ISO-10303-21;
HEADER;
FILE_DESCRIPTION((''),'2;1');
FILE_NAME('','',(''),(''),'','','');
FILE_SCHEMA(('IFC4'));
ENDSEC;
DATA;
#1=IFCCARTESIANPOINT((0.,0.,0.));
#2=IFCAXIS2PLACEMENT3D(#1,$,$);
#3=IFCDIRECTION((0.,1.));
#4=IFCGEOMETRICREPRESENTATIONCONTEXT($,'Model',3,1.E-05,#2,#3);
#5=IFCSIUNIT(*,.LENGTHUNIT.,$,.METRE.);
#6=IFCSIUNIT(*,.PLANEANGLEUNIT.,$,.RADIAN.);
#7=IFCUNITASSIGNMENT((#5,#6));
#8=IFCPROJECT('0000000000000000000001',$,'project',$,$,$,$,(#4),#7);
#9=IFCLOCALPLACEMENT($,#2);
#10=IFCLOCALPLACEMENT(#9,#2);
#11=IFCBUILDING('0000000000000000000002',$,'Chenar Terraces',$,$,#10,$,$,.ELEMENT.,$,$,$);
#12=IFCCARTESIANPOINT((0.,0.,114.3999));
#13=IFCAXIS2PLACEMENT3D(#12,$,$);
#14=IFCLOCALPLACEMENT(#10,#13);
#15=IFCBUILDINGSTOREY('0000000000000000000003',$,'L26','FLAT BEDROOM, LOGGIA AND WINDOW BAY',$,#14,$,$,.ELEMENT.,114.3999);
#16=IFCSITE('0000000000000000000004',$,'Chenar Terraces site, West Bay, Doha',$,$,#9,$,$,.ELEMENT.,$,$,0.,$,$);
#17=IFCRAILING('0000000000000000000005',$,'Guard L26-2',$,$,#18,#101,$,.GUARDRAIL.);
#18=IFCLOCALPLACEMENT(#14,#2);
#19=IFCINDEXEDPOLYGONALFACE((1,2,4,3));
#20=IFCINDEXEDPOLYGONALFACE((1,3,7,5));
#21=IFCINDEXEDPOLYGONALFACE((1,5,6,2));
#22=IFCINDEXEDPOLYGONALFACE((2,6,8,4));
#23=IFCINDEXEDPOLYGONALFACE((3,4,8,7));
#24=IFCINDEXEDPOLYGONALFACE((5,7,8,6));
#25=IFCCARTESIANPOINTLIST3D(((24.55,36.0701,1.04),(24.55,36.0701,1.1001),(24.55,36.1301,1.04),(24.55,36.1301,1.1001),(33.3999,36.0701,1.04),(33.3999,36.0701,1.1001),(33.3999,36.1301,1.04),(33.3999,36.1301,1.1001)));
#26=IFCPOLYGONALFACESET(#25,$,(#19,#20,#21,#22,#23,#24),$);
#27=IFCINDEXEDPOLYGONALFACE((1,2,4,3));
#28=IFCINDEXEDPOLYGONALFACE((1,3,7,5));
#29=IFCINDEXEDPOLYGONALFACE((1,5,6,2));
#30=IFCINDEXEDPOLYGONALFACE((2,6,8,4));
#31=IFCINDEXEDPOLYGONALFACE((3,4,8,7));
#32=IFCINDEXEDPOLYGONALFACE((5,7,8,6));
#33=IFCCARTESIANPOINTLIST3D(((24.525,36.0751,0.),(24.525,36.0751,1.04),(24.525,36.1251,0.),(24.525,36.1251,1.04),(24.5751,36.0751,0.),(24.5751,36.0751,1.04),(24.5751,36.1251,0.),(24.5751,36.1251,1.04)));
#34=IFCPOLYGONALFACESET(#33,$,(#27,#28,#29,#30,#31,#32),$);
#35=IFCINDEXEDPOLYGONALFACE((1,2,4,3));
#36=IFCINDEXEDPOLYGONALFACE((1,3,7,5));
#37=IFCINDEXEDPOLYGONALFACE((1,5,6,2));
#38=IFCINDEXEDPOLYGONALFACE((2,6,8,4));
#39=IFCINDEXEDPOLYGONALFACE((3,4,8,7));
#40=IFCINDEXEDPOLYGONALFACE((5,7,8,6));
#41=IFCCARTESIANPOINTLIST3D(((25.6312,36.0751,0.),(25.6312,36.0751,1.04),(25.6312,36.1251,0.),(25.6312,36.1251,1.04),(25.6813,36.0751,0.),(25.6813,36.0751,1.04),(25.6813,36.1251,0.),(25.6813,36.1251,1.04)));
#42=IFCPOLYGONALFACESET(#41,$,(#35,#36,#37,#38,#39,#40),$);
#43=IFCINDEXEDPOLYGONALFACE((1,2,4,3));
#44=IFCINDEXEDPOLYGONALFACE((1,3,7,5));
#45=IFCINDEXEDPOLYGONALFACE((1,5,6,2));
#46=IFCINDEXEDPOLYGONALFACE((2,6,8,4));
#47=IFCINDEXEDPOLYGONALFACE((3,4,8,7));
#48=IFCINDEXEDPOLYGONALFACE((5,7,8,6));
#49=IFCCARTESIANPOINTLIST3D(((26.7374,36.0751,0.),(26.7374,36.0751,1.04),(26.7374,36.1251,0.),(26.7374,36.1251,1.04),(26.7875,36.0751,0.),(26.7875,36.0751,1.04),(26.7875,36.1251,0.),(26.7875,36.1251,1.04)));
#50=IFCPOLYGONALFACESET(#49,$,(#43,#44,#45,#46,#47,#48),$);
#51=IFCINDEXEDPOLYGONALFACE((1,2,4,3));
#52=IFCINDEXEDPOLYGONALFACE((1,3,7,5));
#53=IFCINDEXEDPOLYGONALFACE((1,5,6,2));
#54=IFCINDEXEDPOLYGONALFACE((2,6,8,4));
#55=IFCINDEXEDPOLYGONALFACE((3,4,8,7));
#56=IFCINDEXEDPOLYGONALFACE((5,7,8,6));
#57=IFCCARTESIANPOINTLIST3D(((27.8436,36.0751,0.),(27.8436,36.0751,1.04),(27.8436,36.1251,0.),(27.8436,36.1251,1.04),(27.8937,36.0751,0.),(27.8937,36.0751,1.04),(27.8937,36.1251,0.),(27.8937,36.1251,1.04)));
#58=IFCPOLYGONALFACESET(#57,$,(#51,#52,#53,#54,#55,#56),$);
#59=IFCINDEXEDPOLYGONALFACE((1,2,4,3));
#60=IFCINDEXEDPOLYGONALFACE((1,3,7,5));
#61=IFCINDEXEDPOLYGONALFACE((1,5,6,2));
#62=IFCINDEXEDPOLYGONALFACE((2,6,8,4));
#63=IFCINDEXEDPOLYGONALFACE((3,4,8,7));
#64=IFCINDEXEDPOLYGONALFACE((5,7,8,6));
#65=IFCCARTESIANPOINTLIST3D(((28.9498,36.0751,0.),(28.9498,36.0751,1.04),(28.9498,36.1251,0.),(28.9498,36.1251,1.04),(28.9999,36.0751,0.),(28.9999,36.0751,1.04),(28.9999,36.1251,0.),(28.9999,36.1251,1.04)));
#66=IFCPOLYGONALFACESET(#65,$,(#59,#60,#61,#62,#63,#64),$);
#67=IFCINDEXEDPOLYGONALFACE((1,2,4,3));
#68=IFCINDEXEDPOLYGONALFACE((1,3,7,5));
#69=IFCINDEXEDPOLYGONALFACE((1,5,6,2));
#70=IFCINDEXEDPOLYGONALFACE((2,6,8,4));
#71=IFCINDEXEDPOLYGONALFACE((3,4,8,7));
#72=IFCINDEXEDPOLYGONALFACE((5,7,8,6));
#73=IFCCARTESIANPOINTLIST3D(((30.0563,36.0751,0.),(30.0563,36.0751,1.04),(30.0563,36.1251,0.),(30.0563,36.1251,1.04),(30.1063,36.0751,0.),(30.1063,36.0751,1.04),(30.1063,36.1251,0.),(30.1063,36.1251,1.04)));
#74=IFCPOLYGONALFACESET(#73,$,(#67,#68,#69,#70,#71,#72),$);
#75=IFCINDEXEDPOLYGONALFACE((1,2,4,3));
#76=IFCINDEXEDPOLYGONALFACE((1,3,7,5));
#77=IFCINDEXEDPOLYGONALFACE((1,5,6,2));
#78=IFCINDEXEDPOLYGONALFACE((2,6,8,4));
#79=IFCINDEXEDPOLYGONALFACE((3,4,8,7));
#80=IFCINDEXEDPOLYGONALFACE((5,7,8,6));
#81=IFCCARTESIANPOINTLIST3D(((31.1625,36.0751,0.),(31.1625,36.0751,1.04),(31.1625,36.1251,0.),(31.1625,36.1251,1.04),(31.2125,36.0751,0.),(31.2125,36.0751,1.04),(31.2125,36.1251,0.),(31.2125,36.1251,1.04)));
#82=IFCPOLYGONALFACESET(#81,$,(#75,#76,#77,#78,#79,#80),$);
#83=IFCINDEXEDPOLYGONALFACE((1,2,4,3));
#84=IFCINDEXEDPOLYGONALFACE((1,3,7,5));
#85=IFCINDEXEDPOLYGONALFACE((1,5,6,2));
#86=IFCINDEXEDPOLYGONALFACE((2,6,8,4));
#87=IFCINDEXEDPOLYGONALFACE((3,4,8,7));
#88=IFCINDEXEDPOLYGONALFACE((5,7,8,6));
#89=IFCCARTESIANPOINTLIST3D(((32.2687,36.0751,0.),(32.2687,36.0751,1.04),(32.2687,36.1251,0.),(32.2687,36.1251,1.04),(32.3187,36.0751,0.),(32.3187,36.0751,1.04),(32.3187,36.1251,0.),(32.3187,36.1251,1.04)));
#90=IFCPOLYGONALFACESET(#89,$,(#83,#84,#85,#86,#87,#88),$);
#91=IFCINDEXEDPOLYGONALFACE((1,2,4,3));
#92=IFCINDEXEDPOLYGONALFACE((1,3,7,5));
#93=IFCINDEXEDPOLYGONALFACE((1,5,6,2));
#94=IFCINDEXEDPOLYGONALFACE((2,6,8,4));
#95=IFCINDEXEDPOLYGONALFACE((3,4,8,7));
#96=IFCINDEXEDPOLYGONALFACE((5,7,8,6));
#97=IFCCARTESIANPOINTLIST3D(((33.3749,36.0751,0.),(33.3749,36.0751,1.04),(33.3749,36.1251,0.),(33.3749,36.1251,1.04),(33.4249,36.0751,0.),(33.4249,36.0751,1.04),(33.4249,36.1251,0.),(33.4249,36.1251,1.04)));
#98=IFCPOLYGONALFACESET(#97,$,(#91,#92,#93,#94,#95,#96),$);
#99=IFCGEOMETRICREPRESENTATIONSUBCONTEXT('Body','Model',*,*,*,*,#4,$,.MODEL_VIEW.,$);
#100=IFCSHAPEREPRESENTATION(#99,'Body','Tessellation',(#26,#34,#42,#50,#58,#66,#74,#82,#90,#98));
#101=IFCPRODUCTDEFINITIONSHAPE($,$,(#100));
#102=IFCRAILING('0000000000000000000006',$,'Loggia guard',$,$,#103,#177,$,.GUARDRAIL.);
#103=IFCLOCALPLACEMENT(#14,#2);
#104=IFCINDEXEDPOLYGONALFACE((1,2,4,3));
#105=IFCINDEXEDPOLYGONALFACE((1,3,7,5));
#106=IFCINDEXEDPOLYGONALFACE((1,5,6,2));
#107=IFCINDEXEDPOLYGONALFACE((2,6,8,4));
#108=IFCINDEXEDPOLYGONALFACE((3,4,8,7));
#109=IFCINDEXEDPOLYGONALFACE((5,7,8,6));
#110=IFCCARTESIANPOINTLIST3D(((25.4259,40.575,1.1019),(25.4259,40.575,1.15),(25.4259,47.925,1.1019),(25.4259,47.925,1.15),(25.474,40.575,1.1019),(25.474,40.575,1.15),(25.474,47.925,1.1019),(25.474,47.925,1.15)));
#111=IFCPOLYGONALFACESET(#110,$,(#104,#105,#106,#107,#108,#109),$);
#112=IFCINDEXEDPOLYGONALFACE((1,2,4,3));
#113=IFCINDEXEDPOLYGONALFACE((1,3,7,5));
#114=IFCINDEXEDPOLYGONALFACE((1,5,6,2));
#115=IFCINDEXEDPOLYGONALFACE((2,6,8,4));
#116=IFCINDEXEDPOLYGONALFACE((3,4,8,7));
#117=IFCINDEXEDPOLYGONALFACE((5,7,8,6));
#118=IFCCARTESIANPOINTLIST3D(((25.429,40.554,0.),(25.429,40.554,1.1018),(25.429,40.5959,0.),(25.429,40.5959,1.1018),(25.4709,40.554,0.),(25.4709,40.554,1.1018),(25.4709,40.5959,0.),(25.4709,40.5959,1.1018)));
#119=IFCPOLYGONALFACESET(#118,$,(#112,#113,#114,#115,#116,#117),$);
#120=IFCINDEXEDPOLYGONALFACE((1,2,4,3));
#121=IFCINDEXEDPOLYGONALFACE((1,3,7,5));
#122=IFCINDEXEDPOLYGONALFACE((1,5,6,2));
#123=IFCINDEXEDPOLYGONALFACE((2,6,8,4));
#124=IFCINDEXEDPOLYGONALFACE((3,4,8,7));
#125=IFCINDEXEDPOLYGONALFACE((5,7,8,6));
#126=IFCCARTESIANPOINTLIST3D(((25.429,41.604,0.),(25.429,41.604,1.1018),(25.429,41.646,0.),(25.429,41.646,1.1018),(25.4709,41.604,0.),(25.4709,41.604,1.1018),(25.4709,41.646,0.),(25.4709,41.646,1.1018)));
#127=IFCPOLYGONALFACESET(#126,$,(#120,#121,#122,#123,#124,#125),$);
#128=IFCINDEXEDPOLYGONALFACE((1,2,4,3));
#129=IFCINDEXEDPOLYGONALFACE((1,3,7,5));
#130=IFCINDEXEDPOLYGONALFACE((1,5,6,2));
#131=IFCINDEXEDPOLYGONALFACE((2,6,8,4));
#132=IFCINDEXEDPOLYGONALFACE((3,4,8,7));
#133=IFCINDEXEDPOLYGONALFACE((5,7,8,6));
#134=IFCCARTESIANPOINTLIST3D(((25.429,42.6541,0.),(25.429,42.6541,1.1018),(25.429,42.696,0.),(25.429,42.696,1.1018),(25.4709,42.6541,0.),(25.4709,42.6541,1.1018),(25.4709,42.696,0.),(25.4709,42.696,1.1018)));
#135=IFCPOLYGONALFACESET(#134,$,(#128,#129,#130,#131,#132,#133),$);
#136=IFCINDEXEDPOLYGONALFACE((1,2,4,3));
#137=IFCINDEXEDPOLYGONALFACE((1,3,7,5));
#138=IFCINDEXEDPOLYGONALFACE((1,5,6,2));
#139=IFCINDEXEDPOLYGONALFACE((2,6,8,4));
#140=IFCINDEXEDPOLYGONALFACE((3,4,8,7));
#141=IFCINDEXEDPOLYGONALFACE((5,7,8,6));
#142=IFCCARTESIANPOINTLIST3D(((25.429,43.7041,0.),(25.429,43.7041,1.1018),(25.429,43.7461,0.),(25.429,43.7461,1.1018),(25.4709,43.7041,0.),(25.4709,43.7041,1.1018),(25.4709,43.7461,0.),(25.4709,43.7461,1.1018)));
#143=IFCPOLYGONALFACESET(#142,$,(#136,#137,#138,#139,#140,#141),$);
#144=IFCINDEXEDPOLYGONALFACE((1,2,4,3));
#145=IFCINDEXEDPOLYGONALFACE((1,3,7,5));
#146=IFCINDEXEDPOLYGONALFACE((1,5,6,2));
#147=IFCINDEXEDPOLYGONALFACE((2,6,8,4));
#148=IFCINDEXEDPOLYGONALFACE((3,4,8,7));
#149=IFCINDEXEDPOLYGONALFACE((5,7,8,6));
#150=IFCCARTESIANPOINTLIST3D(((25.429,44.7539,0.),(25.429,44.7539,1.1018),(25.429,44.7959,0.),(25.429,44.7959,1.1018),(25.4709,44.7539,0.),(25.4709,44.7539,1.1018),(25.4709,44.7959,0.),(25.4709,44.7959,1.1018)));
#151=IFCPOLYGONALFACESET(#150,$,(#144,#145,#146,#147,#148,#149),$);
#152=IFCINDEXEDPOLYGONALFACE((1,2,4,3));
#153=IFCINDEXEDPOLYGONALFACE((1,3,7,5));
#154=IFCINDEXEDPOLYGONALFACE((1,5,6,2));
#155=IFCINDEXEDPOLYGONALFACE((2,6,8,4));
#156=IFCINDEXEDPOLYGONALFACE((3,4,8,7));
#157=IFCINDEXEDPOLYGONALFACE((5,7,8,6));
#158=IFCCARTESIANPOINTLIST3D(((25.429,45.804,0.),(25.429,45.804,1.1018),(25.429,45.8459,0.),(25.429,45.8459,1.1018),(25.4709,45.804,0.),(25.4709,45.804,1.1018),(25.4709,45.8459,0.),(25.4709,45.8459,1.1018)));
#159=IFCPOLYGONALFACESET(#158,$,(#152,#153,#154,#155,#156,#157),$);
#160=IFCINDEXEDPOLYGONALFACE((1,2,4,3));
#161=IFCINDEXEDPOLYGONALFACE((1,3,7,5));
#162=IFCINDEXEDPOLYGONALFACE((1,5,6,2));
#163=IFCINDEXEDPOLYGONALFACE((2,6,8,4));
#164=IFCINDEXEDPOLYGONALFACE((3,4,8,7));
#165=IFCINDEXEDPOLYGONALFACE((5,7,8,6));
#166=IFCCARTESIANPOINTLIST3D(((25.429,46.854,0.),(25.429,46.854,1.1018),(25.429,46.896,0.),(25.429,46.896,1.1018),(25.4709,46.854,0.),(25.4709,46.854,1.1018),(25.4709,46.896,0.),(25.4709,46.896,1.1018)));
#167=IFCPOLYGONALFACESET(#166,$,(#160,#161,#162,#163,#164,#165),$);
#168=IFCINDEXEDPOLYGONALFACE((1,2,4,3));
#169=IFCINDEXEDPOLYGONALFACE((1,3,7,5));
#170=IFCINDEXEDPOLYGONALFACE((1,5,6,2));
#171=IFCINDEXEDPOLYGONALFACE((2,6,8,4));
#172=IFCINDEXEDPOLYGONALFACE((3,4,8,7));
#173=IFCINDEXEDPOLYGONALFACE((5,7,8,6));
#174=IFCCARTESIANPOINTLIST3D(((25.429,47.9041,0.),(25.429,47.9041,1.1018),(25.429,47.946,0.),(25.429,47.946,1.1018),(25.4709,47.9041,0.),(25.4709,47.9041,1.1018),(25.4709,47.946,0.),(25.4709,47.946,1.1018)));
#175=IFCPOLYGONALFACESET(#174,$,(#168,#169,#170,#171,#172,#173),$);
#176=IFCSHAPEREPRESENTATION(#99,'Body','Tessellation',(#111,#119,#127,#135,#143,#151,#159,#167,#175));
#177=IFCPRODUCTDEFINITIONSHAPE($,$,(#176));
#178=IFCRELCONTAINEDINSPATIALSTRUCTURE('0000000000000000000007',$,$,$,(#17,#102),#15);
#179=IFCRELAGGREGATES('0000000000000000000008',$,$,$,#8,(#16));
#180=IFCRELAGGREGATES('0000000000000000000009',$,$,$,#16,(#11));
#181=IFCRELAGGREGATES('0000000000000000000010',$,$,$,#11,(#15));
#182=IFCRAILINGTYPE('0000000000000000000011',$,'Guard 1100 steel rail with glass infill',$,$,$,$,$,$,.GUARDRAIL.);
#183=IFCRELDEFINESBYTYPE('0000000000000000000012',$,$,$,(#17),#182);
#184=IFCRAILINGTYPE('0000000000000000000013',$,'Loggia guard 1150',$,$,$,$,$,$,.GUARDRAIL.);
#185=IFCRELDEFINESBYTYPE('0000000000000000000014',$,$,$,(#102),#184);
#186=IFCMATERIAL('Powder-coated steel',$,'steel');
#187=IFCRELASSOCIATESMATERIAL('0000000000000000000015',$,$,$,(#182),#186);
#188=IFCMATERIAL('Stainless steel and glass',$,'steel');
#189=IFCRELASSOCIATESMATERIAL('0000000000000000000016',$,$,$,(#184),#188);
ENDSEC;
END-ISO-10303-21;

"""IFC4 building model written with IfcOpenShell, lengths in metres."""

from ifc_helpers import new_model, si_unit, direction, frame, origin, origin_2d, place, context, subcontext, project, spatial, rectangle, extrude, material, type_object, element, save


model = new_model("IFC4")

# Units and contexts
model_context = context("Model", 3, precision=1e-05, world=origin(), true_north=direction((0.0, 1.0)))
body_context = subcontext(model_context, "Body", "Model", "MODEL_VIEW")
ifc_project = project(units=[si_unit("LENGTHUNIT", "METRE"), si_unit("PLANEANGLEUNIT", "RADIAN")], contexts=[model_context])

# Site, building, storey
site_placement = place(None, origin())
site = spatial("IfcSite", under=ifc_project, at=site_placement, Name="Chenar Terraces site, West Bay, Doha", CompositionType="ELEMENT", RefElevation=0.0)
building_placement = place(site_placement, origin())
building = spatial("IfcBuilding", under=site, at=building_placement, Name="Chenar Terraces", CompositionType="ELEMENT")
storey_placement = place(building_placement, frame((0.0, 0.0, 114.3999)))
storey = spatial("IfcBuildingStorey", under=building, at=storey_placement, Name="L26", Description="FLAT BEDROOM, LOGGIA AND WINDOW BAY", CompositionType="ELEMENT", Elevation=114.3999)

# Railings
ifc_material_1 = material(Name="Powder-coated steel", Category="steel")
railing_type_1 = type_object("IfcRailingType", Name="Guard 1100 steel rail with glass infill", PredefinedType="GUARDRAIL", material=ifc_material_1)
railing_1_placement = place(storey_placement, frame((24.55, 36.1001, 0.0)))
element("IfcRailing", 1, at=railing_1_placement, inside=storey, type_object=railing_type_1, Name="Guard L26-2", PredefinedType="GUARDRAIL", context=body_context, shape_type="SweptSolid", body=[
    extrude(rectangle(XDim=0.0601, YDim=0.0601, at=origin_2d()), frame((0.0, 0.0, 1.0701), z_axis=(1.0, 0.0, 0.0), x_axis=(0.0, 1.0, 0.0)), (0.0, 0.0, 1.0), 8.8499),
    extrude(rectangle(XDim=0.05, YDim=0.05, at=origin_2d()), origin(), (0.0, 0.0, 1.0), 1.04),
    extrude(rectangle(XDim=0.05, YDim=0.05, at=origin_2d()), frame((1.1062, 0.0, 0.0)), (0.0, 0.0, 1.0), 1.04),
    extrude(rectangle(XDim=0.05, YDim=0.05, at=origin_2d()), frame((2.2124, 0.0, 0.0)), (0.0, 0.0, 1.0), 1.04),
    extrude(rectangle(XDim=0.05, YDim=0.05, at=origin_2d()), frame((3.3186, 0.0, 0.0)), (0.0, 0.0, 1.0), 1.04),
    extrude(rectangle(XDim=0.05, YDim=0.05, at=origin_2d()), frame((4.4248, 0.0, 0.0)), (0.0, 0.0, 1.0), 1.04),
    extrude(rectangle(XDim=0.05, YDim=0.05, at=origin_2d()), frame((5.5312, 0.0, 0.0)), (0.0, 0.0, 1.0), 1.04),
    extrude(rectangle(XDim=0.05, YDim=0.05, at=origin_2d()), frame((6.6375, 0.0, 0.0)), (0.0, 0.0, 1.0), 1.04),
    extrude(rectangle(XDim=0.05, YDim=0.05, at=origin_2d()), frame((7.7437, 0.0, 0.0)), (0.0, 0.0, 1.0), 1.04),
    extrude(rectangle(XDim=0.05, YDim=0.05, at=origin_2d()), frame((8.8499, 0.0, 0.0)), (0.0, 0.0, 1.0), 1.04),
])
ifc_material_2 = material(Name="Stainless steel and glass", Category="steel")
railing_type_2 = type_object("IfcRailingType", Name="Loggia guard 1150", PredefinedType="GUARDRAIL", material=ifc_material_2)
railing_2_placement = place(storey_placement, frame((25.45, 40.575, 0.0)))
element("IfcRailing", 2, at=railing_2_placement, inside=storey, type_object=railing_type_2, Name="Loggia guard", PredefinedType="GUARDRAIL", context=body_context, shape_type="SweptSolid", body=[
    extrude(rectangle(XDim=0.0481, YDim=0.0481, at=origin_2d()), frame((0.0, 0.0, 1.126), z_axis=(0.0, 1.0, 0.0), x_axis=(-1.0, 0.0, 0.0)), (0.0, 0.0, 1.0), 7.3501),
    extrude(rectangle(XDim=0.042, YDim=0.042, at=origin_2d()), origin(), (0.0, 0.0, 1.0), 1.1018),
    extrude(rectangle(XDim=0.042, YDim=0.042, at=origin_2d()), frame((0.0, 1.05, 0.0)), (0.0, 0.0, 1.0), 1.1018),
    extrude(rectangle(XDim=0.042, YDim=0.042, at=origin_2d()), frame((0.0, 2.1001, 0.0)), (0.0, 0.0, 1.0), 1.1018),
    extrude(rectangle(XDim=0.042, YDim=0.042, at=origin_2d()), frame((0.0, 3.1501, 0.0)), (0.0, 0.0, 1.0), 1.1018),
    extrude(rectangle(XDim=0.042, YDim=0.042, at=origin_2d()), frame((0.0, 4.2, 0.0)), (0.0, 0.0, 1.0), 1.1018),
    extrude(rectangle(XDim=0.042, YDim=0.042, at=origin_2d()), frame((0.0, 5.25, 0.0)), (0.0, 0.0, 1.0), 1.1018),
    extrude(rectangle(XDim=0.042, YDim=0.042, at=origin_2d()), frame((0.0, 6.3, 0.0)), (0.0, 0.0, 1.0), 1.1018),
    extrude(rectangle(XDim=0.042, YDim=0.042, at=origin_2d()), frame((0.0, 7.3501, 0.0)), (0.0, 0.0, 1.0), 1.1018),
])

save(model, "model.ifc")
